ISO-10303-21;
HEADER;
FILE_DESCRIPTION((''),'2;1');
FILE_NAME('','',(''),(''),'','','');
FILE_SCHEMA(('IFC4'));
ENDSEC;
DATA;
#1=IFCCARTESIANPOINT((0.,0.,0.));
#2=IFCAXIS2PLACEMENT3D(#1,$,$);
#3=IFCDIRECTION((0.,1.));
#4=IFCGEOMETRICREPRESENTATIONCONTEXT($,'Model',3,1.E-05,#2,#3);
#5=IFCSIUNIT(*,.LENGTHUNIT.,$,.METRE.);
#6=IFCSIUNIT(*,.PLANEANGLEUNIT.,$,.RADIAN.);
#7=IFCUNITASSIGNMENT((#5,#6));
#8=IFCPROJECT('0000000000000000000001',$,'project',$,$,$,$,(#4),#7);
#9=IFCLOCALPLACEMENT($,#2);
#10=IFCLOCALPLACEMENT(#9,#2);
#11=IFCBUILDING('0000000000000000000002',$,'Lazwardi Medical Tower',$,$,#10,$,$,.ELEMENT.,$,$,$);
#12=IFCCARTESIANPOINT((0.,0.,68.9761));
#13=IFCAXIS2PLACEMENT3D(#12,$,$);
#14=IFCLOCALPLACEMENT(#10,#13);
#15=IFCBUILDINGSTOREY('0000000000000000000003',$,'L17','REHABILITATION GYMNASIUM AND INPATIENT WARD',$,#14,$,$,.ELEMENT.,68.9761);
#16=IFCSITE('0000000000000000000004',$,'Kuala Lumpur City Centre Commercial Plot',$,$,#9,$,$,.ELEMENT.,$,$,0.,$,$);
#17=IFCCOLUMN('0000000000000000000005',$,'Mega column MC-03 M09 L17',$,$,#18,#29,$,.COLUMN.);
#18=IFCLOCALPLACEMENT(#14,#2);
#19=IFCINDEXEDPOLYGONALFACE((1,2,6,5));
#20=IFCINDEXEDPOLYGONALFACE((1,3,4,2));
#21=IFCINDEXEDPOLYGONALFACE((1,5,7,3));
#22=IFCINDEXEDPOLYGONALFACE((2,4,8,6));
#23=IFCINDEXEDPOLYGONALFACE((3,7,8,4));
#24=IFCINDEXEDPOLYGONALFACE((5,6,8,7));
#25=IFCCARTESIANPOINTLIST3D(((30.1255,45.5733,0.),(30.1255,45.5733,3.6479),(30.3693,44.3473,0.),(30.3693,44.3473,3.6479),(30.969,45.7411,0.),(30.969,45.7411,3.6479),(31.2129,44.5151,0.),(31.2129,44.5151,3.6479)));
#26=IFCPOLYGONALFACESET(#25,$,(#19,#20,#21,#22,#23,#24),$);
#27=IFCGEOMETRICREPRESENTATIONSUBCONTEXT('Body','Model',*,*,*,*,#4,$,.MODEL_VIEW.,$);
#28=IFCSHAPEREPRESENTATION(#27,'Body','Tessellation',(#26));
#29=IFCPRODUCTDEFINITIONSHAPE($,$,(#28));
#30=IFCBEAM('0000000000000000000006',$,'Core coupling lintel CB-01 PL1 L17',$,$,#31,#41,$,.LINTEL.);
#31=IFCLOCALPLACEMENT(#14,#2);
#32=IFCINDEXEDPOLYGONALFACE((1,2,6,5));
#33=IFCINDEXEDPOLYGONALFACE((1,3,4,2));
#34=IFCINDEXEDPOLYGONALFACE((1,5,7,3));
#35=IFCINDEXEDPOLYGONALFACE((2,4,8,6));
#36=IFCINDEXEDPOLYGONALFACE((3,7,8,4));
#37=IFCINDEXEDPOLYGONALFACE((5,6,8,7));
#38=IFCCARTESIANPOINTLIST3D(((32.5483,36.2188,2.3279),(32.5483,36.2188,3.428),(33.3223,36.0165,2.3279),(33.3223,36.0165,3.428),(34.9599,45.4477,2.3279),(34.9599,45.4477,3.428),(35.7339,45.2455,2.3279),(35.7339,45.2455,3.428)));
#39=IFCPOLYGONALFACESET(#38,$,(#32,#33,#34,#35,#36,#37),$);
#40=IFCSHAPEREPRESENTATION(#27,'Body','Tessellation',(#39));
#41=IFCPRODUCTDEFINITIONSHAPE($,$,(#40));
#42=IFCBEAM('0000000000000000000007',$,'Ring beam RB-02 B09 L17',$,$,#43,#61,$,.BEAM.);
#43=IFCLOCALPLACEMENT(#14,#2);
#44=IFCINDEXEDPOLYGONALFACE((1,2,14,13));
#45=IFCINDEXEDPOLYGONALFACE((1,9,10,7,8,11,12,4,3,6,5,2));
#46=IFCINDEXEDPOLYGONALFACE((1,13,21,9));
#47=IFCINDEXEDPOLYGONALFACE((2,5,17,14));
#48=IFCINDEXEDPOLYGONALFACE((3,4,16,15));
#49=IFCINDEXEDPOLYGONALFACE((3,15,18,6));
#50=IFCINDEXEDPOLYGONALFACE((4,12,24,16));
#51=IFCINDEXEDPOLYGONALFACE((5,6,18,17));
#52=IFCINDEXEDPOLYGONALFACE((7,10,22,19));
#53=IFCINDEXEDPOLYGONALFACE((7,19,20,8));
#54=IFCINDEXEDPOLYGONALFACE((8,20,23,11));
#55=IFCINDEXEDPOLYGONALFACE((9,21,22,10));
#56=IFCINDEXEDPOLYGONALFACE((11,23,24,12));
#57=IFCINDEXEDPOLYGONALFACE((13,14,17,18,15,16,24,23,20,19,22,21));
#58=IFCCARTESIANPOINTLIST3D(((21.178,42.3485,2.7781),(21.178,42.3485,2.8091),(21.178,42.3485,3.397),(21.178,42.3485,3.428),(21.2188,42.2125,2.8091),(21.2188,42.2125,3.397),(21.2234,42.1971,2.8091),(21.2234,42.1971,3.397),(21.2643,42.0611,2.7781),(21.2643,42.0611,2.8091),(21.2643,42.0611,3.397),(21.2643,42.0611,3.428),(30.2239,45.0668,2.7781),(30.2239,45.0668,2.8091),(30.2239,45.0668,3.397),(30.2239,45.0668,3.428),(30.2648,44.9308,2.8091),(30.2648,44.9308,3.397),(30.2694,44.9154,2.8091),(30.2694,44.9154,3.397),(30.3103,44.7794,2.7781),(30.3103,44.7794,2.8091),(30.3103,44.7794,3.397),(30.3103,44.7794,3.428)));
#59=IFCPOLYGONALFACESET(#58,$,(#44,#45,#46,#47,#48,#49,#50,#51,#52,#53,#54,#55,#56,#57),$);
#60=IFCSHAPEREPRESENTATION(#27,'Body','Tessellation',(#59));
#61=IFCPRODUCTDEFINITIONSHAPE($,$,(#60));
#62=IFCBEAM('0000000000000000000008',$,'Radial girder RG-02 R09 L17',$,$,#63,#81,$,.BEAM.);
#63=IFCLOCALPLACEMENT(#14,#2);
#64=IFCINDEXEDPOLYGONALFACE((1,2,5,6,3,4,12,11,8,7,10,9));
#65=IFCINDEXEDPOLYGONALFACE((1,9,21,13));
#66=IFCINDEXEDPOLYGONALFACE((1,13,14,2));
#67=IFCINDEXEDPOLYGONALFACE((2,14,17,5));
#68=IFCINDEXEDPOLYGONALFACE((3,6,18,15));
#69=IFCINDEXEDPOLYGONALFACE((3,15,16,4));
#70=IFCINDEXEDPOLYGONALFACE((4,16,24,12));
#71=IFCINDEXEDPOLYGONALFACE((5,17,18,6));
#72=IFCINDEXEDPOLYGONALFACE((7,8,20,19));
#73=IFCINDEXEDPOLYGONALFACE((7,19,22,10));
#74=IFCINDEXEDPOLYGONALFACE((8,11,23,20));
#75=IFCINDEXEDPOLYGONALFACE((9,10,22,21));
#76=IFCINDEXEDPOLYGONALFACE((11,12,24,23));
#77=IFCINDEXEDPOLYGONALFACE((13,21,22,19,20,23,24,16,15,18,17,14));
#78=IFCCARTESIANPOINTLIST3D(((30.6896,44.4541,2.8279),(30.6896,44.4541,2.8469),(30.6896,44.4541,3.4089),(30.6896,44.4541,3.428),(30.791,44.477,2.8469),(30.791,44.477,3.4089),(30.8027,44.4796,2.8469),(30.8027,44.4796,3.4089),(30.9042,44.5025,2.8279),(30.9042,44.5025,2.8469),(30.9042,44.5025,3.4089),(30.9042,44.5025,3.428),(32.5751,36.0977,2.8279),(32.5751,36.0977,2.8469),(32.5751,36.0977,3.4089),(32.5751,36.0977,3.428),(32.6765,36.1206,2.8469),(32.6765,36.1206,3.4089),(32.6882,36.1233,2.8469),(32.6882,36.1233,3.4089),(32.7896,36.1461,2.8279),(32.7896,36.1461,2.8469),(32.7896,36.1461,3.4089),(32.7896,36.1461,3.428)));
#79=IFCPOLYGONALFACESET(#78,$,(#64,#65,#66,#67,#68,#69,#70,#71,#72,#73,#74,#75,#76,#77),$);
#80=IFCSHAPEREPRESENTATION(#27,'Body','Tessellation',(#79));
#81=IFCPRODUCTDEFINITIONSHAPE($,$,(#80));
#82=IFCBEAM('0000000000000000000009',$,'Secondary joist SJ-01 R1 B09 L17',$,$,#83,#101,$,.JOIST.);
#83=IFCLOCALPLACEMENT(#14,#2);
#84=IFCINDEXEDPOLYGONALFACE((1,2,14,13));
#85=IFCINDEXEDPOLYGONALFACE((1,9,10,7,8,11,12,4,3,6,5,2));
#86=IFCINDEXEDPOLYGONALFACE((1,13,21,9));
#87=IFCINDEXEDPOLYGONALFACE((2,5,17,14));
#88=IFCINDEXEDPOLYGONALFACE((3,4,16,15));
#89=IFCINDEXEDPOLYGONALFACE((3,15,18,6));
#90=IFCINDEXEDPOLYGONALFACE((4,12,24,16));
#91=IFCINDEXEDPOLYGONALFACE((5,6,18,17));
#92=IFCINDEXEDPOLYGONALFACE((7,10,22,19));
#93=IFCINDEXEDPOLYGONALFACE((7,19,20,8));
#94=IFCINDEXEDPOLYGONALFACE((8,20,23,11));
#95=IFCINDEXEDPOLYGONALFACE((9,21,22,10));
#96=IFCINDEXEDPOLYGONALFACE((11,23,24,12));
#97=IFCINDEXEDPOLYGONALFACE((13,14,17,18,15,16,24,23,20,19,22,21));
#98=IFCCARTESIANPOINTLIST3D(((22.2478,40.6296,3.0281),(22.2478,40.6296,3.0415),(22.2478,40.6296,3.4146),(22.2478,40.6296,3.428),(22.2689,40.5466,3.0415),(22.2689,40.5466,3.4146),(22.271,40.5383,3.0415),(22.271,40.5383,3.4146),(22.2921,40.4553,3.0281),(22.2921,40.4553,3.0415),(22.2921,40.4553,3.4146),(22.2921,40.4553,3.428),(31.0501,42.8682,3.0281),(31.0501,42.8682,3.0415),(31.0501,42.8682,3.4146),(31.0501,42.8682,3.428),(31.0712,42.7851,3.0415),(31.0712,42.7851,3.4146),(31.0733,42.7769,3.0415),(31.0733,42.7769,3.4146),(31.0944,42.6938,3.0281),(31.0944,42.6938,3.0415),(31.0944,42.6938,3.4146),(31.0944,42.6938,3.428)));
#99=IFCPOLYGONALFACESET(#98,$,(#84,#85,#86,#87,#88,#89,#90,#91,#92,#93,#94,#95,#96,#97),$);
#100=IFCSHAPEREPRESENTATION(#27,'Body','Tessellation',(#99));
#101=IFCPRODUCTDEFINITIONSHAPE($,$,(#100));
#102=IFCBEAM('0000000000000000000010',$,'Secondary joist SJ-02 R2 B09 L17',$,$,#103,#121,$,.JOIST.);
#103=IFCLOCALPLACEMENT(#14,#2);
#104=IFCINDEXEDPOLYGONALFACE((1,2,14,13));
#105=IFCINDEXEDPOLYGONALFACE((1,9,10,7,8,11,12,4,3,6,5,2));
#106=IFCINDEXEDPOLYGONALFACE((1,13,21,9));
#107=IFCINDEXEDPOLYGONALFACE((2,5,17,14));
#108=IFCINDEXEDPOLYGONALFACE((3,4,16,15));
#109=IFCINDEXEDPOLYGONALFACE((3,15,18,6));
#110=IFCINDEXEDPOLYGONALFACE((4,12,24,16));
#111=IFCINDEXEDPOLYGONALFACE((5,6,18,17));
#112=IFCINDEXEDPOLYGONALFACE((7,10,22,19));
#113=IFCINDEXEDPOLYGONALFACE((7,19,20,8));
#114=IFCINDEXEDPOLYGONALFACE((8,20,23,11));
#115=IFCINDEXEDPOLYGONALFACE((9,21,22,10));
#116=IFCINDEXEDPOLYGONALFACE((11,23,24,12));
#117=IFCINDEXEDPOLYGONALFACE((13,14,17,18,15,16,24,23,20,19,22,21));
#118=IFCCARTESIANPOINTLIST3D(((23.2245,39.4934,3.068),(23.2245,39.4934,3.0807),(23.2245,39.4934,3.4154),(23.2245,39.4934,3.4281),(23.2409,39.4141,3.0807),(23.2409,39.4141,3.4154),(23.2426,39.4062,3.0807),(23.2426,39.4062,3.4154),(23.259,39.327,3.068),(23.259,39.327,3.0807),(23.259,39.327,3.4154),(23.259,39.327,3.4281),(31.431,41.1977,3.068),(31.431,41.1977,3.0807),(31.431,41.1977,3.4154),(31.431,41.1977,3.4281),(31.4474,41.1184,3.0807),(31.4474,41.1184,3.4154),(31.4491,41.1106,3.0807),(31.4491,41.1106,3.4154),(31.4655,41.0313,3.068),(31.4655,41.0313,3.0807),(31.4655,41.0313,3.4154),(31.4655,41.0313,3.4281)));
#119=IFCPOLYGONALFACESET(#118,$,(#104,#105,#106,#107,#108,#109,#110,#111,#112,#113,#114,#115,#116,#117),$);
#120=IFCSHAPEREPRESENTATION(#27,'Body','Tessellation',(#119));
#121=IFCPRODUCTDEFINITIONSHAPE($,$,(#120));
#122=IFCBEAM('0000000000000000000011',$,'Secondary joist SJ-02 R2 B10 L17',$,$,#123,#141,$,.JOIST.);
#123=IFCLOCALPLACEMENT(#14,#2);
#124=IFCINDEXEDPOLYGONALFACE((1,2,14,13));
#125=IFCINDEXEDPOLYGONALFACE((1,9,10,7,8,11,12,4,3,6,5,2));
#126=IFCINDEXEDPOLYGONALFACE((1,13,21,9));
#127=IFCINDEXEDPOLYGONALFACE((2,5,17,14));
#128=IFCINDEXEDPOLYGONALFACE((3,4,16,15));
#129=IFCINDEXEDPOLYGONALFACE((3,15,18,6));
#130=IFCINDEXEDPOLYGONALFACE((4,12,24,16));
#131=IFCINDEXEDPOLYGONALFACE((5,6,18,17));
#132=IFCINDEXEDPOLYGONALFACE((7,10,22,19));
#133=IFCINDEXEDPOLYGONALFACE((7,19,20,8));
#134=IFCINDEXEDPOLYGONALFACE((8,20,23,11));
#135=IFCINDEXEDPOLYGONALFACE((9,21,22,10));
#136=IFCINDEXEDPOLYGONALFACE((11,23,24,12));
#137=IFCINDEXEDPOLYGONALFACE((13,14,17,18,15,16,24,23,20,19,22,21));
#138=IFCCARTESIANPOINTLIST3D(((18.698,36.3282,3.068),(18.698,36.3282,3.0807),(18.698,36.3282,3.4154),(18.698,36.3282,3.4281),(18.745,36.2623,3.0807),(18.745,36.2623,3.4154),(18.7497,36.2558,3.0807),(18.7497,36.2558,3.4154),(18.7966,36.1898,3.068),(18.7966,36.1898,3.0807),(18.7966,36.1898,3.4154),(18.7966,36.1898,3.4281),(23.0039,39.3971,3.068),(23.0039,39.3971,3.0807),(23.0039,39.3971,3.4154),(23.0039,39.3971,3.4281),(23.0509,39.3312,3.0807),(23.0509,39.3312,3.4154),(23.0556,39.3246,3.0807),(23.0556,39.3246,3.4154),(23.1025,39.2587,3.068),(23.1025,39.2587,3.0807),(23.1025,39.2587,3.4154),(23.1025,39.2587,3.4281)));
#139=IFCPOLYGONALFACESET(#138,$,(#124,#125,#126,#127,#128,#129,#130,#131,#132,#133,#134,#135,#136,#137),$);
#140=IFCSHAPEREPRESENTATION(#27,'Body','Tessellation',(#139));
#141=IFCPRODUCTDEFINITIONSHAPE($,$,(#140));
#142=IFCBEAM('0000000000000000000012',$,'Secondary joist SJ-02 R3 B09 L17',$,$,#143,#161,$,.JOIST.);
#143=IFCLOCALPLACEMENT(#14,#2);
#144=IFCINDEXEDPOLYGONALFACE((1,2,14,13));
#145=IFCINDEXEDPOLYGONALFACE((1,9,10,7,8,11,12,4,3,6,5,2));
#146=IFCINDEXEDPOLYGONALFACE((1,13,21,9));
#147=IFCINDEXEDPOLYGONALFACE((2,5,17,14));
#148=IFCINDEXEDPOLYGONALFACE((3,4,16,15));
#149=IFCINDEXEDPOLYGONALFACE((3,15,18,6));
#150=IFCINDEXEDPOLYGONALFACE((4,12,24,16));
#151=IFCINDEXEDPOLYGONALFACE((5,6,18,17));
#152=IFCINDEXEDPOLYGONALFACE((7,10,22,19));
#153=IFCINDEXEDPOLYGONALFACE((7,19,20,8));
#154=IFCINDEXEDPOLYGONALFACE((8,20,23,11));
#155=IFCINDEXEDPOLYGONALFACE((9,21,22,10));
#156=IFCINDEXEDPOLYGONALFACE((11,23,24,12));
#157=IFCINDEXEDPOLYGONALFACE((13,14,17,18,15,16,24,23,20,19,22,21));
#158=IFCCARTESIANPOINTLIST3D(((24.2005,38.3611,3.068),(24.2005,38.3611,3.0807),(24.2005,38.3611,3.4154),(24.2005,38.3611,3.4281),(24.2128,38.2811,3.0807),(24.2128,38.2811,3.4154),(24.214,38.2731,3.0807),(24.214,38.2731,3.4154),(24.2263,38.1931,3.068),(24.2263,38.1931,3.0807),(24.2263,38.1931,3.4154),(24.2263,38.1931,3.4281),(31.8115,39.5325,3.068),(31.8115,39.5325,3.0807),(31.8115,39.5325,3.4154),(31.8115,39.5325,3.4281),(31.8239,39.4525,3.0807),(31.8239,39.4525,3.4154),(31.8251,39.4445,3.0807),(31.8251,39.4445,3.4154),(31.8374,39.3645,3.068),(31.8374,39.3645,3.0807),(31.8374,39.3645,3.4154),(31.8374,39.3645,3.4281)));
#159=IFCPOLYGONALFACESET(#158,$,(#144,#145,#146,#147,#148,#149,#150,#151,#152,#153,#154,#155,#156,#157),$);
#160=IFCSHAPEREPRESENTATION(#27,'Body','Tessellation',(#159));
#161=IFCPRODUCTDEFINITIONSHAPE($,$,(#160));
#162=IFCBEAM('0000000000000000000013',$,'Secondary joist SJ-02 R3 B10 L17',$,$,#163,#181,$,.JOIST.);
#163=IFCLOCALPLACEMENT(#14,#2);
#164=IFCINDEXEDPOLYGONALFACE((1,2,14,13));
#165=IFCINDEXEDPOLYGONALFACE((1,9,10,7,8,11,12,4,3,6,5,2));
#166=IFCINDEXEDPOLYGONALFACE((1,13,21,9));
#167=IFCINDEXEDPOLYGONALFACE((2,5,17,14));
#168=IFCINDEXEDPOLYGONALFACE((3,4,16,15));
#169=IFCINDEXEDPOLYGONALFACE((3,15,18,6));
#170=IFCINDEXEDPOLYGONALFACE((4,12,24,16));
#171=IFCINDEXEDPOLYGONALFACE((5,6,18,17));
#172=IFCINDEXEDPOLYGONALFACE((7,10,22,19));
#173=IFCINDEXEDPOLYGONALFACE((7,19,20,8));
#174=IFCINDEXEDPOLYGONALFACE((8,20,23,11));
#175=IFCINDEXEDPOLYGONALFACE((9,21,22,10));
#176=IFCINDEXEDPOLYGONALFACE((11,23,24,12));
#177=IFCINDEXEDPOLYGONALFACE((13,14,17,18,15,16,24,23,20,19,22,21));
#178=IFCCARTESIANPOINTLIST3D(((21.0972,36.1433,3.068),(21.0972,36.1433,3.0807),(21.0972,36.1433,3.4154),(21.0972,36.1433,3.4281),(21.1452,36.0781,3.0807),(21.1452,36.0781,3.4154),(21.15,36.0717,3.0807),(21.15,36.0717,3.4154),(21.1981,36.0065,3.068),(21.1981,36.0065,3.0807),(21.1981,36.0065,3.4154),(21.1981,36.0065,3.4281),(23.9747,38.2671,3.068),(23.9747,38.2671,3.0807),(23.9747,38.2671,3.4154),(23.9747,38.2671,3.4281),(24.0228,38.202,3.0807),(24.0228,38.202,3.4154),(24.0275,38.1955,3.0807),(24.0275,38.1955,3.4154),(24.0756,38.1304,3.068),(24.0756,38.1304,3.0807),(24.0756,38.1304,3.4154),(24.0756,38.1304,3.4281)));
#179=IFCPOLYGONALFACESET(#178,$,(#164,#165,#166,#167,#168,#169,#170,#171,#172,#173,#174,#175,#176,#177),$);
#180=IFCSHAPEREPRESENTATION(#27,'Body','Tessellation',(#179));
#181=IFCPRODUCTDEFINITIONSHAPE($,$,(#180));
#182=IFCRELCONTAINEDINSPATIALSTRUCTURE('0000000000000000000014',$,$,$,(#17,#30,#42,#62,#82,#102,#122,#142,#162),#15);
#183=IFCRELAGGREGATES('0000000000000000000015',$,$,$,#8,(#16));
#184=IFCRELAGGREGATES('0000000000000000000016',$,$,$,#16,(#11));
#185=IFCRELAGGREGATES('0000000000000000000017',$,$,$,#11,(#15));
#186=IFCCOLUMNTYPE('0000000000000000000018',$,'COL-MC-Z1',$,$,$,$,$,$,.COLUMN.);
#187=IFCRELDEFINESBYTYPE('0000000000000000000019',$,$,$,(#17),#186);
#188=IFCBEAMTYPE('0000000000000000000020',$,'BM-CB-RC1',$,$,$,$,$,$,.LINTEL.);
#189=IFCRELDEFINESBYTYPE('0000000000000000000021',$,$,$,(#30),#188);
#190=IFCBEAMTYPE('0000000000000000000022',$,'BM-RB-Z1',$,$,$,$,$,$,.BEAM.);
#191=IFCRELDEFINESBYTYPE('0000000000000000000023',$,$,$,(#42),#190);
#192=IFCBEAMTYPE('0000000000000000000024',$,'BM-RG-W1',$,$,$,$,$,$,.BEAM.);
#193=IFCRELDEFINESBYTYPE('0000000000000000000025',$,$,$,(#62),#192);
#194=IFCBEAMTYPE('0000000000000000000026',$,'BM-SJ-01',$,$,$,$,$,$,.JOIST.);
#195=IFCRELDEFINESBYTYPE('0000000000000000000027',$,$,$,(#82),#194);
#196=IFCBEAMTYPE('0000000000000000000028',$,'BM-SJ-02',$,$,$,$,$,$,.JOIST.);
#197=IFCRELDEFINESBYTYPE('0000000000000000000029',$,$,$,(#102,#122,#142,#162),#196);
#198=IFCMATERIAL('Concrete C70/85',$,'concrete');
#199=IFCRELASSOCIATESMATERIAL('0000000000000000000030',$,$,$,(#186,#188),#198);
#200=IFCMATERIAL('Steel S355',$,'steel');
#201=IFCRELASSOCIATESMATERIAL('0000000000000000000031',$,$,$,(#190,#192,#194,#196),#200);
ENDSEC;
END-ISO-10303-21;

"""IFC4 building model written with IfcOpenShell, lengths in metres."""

from ifc_helpers import new_model, si_unit, direction, frame, origin, origin_2d, place, context, subcontext, project, spatial, rectangle, i_section, extrude, material, material_profile, profile_set, type_object, element, save


model = new_model("IFC4")

# Units and contexts
model_context = context("Model", 3, precision=1e-05, world=origin(), true_north=direction((0.0, 1.0)))
body_context = subcontext(model_context, "Body", "Model", "MODEL_VIEW")
ifc_project = project(units=[si_unit("LENGTHUNIT", "METRE"), si_unit("PLANEANGLEUNIT", "RADIAN")], contexts=[model_context])

# Site, building, storey
site_placement = place(None, origin())
site = spatial("IfcSite", under=ifc_project, at=site_placement, Name="Kuala Lumpur City Centre Commercial Plot", CompositionType="ELEMENT", RefElevation=0.0)
building_placement = place(site_placement, origin())
building = spatial("IfcBuilding", under=site, at=building_placement, Name="Lazwardi Medical Tower", CompositionType="ELEMENT")
storey_placement = place(building_placement, frame((0.0, 0.0, 68.9761)))
storey = spatial("IfcBuildingStorey", under=building, at=storey_placement, Name="L17", Description="REHABILITATION GYMNASIUM AND INPATIENT WARD", CompositionType="ELEMENT", Elevation=68.9761)

# Column
ifc_material_1 = material(Name="Concrete C70/85", Category="concrete")
ifc_material_profile_1 = material_profile(ifc_material_1, rectangle(XDim=1.25, YDim=0.8601, at=origin_2d()), Name="CFT-RECT 1250x860")
ifc_profile_set_1 = profile_set([ifc_material_profile_1], Name="Concrete C70/85")
column_type = type_object("IfcColumnType", Name="COL-MC-Z1", PredefinedType="COLUMN", material=ifc_profile_set_1)
column_placement = place(storey_placement, frame((30.6692, 45.0442, 0.0), z_axis=(0.0, 0.0, 1.0), x_axis=(-0.19509, 0.980785, 0.0)))
element("IfcColumn", 1, at=column_placement, inside=storey, type_object=column_type, Name="Mega column MC-03 M09 L17", PredefinedType="COLUMN", context=body_context, shape_type="SweptSolid", body=[
    extrude(rectangle(XDim=1.25, YDim=0.8601, at=origin_2d()), origin(), (0.0, 0.0, 1.0), 3.6479),
])

# Beams
ifc_material_profile_2 = material_profile(ifc_material_1, rectangle(XDim=0.8, YDim=1.1001, at=origin_2d()), Name="RC 800x1100")
ifc_profile_set_2 = profile_set([ifc_material_profile_2], Name="Concrete C70/85")
beam_type_1 = type_object("IfcBeamType", Name="BM-CB-RC1", PredefinedType="LINTEL", material=ifc_profile_set_2)
beam_1_placement = place(storey_placement, frame((32.9353, 36.1177, 2.8779), z_axis=(0.25282, 0.967513, 0.0), x_axis=(-0.967513, 0.25282, 0.0)))
element("IfcBeam", 2, at=beam_1_placement, inside=storey, type_object=beam_type_1, Name="Core coupling lintel CB-01 PL1 L17", PredefinedType="LINTEL", context=body_context, shape_type="SweptSolid", body=[
    extrude(rectangle(XDim=0.8, YDim=1.1001, at=origin_2d()), origin(), (0.0, 0.0, 1.0), 9.5388),
])
ifc_material_2 = material(Name="Steel S355", Category="steel")
ifc_material_profile_3 = material_profile(ifc_material_2, i_section(OverallWidth=0.3, OverallDepth=0.6499, WebThickness=0.0161, FlangeThickness=0.031, at=origin_2d()), Name="HEB 650")
ifc_profile_set_3 = profile_set([ifc_material_profile_3], Name="Steel S355")
beam_type_2 = type_object("IfcBeamType", Name="BM-RB-Z1", PredefinedType="BEAM", material=ifc_profile_set_3)
beam_2_placement = place(storey_placement, frame((30.2671, 44.9231, 3.103), z_axis=(-0.957695, -0.287784, 0.0), x_axis=(0.287784, -0.957695, 0.0)))
element("IfcBeam", 3, at=beam_2_placement, inside=storey, type_object=beam_type_2, Name="Ring beam RB-02 B09 L17", PredefinedType="BEAM", context=body_context, shape_type="SweptSolid", body=[
    extrude(i_section(OverallWidth=0.3, OverallDepth=0.6499, WebThickness=0.0161, FlangeThickness=0.031, at=origin_2d()), origin(), (0.0, 0.0, 1.0), 9.4456),
])
ifc_material_profile_4 = material_profile(ifc_material_2, i_section(OverallWidth=0.22, OverallDepth=0.6001, WebThickness=0.012, FlangeThickness=0.019, at=origin_2d()), Name="IPE 600")
ifc_profile_set_4 = profile_set([ifc_material_profile_4], Name="Steel S355")
beam_type_3 = type_object("IfcBeamType", Name="BM-RG-W1", PredefinedType="BEAM", material=ifc_profile_set_4)
beam_3_placement = place(storey_placement, frame((30.7969, 44.4783, 3.1279), z_axis=(0.220101, -0.975477, 0.0), x_axis=(0.975477, 0.220101, 0.0)))
element("IfcBeam", 4, at=beam_3_placement, inside=storey, type_object=beam_type_3, Name="Radial girder RG-02 R09 L17", PredefinedType="BEAM", context=body_context, shape_type="SweptSolid", body=[
    extrude(i_section(OverallWidth=0.22, OverallDepth=0.6001, WebThickness=0.012, FlangeThickness=0.019, at=origin_2d()), origin(), (0.0, 0.0, 1.0), 8.5664),
])
ifc_material_profile_5 = material_profile(ifc_material_2, i_section(OverallWidth=0.1799, OverallDepth=0.3999, WebThickness=0.0085, FlangeThickness=0.0134, at=origin_2d()), Name="IPE 400")
ifc_profile_set_5 = profile_set([ifc_material_profile_5], Name="Steel S355")
beam_type_4 = type_object("IfcBeamType", Name="BM-SJ-01", PredefinedType="JOIST", material=ifc_profile_set_5)
beam_4_placement = place(storey_placement, frame((31.0723, 42.781, 3.228), z_axis=(-0.969151, -0.246468, 0.0), x_axis=(0.246468, -0.969151, 0.0)))
element("IfcBeam", 5, at=beam_4_placement, inside=storey, type_object=beam_type_4, Name="Secondary joist SJ-01 R1 B09 L17", PredefinedType="JOIST", context=body_context, shape_type="SweptSolid", body=[
    extrude(i_section(OverallWidth=0.1799, OverallDepth=0.3999, WebThickness=0.0085, FlangeThickness=0.0134, at=origin_2d()), origin(), (0.0, 0.0, 1.0), 9.0825),
])
ifc_material_profile_6 = material_profile(ifc_material_2, i_section(OverallWidth=0.1699, OverallDepth=0.3601, WebThickness=0.0081, FlangeThickness=0.0127, at=origin_2d()), Name="IPE 360")
ifc_profile_set_6 = profile_set([ifc_material_profile_6], Name="Steel S355")
beam_type_5 = type_object("IfcBeamType", Name="BM-SJ-02", PredefinedType="JOIST", material=ifc_profile_set_6)
beam_5_placement = place(storey_placement, frame((31.4482, 41.1145, 3.248), z_axis=(-0.979108, -0.203342, 0.0), x_axis=(0.203342, -0.979108, 0.0)))
element("IfcBeam", 6, at=beam_5_placement, inside=storey, type_object=beam_type_5, Name="Secondary joist SJ-02 R2 B09 L17", PredefinedType="JOIST", context=body_context, shape_type="SweptSolid", body=[
    extrude(i_section(OverallWidth=0.1699, OverallDepth=0.3601, WebThickness=0.0081, FlangeThickness=0.0127, at=origin_2d()), origin(), (0.0, 0.0, 1.0), 8.3816),
])
beam_6_placement = place(storey_placement, frame((23.0532, 39.3279, 3.248), z_axis=(-0.814341, -0.580386, 0.0), x_axis=(0.580386, -0.814341, 0.0)))
element("IfcBeam", 7, at=beam_6_placement, inside=storey, type_object=beam_type_5, Name="Secondary joist SJ-02 R2 B10 L17", PredefinedType="JOIST", context=body_context, shape_type="SweptSolid", body=[
    extrude(i_section(OverallWidth=0.1699, OverallDepth=0.3601, WebThickness=0.0081, FlangeThickness=0.0127, at=origin_2d()), origin(), (0.0, 0.0, 1.0), 5.2876),
])
beam_7_placement = place(storey_placement, frame((31.8245, 39.4485, 3.248), z_axis=(-0.988363, -0.152114, 0.0), x_axis=(0.152114, -0.988363, 0.0)))
element("IfcBeam", 8, at=beam_7_placement, inside=storey, type_object=beam_type_5, Name="Secondary joist SJ-02 R3 B09 L17", PredefinedType="JOIST", context=body_context, shape_type="SweptSolid", body=[
    extrude(i_section(OverallWidth=0.1699, OverallDepth=0.3601, WebThickness=0.0081, FlangeThickness=0.0127, at=origin_2d()), origin(), (0.0, 0.0, 1.0), 7.7007),
])
beam_8_placement = place(storey_placement, frame((24.0251, 38.1987, 3.248), z_axis=(-0.80458, -0.593844, 0.0), x_axis=(0.593844, -0.80458, 0.0)))
element("IfcBeam", 9, at=beam_8_placement, inside=storey, type_object=beam_type_5, Name="Secondary joist SJ-02 R3 B10 L17", PredefinedType="JOIST", context=body_context, shape_type="SweptSolid", body=[
    extrude(i_section(OverallWidth=0.1699, OverallDepth=0.3601, WebThickness=0.0081, FlangeThickness=0.0127, at=origin_2d()), origin(), (0.0, 0.0, 1.0), 3.5764),
])

save(model, "model.ifc")
